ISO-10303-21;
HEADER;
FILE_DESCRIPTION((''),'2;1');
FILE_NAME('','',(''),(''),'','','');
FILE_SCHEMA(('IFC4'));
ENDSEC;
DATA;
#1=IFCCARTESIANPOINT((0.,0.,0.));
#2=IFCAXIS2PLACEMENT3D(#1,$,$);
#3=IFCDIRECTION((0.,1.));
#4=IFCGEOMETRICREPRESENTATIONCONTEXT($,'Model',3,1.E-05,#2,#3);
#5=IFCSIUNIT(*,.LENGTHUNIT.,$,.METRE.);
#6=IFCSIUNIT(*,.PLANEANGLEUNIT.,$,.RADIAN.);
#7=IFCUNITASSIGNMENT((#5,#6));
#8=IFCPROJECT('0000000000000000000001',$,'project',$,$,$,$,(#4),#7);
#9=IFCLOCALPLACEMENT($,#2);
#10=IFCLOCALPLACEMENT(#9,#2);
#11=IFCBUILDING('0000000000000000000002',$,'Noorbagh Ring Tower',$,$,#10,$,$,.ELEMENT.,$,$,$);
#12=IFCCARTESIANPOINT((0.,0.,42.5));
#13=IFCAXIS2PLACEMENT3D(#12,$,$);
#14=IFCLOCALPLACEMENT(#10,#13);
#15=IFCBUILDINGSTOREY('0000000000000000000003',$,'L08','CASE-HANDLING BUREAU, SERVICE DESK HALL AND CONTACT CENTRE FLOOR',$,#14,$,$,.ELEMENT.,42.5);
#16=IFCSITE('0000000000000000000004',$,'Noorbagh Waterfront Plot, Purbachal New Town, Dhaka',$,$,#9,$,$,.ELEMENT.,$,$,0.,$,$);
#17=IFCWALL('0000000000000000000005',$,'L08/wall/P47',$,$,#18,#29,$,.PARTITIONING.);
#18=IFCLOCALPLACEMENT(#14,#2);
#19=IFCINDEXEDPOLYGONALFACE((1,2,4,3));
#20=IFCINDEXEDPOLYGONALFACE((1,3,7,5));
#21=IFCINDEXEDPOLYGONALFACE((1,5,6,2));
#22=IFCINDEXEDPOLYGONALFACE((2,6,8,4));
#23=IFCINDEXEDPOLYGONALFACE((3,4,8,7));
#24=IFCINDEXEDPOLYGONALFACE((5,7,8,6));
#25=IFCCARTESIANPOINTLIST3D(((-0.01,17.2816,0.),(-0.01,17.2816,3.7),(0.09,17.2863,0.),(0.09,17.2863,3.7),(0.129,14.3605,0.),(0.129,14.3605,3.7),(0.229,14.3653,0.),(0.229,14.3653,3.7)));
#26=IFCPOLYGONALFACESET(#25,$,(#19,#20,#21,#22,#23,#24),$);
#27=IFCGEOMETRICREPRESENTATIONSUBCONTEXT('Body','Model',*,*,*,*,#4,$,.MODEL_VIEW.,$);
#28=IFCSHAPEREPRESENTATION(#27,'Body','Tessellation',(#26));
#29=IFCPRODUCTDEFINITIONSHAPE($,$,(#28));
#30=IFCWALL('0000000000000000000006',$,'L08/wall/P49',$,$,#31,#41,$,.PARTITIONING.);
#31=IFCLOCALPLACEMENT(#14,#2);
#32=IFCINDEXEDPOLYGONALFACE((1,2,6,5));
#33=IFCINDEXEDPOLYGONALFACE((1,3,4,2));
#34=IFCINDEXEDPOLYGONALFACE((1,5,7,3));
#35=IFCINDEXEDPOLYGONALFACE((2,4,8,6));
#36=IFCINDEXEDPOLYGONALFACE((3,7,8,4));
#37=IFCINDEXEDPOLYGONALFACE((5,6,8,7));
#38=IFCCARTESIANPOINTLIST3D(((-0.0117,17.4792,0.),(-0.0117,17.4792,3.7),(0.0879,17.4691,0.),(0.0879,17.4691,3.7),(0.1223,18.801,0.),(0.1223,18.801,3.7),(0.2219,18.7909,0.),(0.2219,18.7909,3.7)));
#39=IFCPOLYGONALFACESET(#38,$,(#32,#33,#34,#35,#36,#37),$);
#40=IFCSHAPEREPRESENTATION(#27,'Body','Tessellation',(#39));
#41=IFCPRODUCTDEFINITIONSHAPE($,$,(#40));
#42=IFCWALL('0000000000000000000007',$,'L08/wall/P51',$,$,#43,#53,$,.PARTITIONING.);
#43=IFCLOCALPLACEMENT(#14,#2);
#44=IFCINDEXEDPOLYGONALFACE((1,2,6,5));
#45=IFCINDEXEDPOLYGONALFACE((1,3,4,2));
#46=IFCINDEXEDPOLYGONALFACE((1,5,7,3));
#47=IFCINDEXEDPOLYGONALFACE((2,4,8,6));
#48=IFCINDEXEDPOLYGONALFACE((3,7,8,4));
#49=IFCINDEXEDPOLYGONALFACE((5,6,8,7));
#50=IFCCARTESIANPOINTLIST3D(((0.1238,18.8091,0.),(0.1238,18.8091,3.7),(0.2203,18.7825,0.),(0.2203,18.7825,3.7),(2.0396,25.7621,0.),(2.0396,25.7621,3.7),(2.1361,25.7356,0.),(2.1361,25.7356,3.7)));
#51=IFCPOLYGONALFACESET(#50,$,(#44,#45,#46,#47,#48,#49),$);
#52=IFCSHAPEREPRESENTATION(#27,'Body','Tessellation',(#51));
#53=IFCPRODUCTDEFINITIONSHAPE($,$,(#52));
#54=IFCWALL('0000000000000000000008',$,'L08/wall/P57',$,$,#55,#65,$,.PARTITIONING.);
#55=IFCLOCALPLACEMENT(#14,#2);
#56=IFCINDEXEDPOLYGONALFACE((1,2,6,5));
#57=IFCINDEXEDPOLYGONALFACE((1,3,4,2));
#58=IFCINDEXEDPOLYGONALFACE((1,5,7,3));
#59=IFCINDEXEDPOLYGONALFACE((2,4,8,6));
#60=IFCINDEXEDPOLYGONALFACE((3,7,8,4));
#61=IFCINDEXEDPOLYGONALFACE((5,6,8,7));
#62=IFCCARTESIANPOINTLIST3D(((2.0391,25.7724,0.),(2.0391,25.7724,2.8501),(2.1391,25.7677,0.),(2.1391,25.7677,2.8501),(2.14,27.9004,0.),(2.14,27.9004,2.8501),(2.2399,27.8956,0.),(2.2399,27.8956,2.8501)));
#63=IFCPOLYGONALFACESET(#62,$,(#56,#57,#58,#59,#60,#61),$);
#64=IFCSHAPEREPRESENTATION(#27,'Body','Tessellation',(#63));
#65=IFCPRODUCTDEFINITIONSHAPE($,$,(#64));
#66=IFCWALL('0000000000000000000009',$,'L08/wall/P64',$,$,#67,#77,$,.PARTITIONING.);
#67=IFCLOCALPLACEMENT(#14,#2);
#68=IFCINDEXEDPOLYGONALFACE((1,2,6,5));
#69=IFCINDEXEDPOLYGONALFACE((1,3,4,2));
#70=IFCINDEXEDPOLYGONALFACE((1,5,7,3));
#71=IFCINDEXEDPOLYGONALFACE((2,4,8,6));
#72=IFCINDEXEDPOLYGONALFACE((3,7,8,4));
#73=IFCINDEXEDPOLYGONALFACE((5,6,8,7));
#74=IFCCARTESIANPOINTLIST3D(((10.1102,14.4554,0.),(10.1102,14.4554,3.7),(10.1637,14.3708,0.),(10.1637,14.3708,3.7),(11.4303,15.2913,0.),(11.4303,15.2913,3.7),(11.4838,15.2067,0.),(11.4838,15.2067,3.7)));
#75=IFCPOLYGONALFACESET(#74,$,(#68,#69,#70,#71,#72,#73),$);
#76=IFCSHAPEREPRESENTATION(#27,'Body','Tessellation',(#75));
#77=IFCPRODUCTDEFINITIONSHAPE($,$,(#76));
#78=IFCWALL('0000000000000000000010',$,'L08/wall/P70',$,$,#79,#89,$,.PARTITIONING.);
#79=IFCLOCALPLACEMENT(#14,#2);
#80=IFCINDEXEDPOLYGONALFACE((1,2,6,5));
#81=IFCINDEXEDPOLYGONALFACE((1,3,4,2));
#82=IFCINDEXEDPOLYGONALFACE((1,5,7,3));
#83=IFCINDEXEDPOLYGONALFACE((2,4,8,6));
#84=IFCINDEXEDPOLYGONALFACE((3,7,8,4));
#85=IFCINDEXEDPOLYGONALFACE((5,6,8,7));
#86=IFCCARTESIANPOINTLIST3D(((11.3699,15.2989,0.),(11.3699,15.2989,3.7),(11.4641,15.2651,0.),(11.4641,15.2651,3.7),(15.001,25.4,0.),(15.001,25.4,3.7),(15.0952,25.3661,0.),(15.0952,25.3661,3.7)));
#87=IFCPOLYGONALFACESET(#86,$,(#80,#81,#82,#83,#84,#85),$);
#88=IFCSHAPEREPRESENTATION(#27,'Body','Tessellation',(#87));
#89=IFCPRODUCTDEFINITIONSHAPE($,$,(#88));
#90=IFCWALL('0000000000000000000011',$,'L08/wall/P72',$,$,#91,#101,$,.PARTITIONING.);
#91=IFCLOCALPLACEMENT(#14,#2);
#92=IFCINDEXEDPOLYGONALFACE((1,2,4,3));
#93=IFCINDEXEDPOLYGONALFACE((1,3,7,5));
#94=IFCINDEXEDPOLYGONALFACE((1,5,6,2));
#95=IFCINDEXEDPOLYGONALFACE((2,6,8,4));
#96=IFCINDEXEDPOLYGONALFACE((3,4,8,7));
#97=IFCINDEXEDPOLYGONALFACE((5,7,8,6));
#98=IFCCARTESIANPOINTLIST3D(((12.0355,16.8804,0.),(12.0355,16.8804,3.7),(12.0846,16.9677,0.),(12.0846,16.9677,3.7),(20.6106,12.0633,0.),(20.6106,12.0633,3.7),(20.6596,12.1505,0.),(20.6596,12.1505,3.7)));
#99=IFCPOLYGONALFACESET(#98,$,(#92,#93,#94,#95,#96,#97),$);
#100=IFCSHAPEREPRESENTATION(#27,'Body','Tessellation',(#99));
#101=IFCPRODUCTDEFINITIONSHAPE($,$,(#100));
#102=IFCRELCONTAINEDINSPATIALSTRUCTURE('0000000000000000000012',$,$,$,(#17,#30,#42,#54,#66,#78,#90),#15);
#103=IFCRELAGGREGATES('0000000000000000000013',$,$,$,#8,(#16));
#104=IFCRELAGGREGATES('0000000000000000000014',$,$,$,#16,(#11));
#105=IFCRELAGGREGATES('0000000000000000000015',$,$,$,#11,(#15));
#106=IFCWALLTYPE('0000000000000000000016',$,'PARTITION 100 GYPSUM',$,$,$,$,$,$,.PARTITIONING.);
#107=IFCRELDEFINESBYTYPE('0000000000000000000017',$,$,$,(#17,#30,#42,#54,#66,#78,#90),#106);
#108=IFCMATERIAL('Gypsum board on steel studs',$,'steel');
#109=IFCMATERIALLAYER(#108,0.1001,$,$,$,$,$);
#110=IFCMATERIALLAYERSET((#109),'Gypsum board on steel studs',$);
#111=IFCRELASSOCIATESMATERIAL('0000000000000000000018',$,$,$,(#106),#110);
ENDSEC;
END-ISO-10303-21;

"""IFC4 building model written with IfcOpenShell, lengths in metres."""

from ifc_helpers import new_model, si_unit, direction, frame, frame_2d, origin, place, context, subcontext, project, spatial, rectangle, extrude, material, layer, layer_set, type_object, element, save


model = new_model("IFC4")

# Units and contexts
model_context = context("Model", 3, precision=1e-05, world=origin(), true_north=direction((0.0, 1.0)))
body_context = subcontext(model_context, "Body", "Model", "MODEL_VIEW")
ifc_project = project(units=[si_unit("LENGTHUNIT", "METRE"), si_unit("PLANEANGLEUNIT", "RADIAN")], contexts=[model_context])

# Site, building, storey
site_placement = place(None, origin())
site = spatial("IfcSite", under=ifc_project, at=site_placement, Name="Noorbagh Waterfront Plot, Purbachal New Town, Dhaka", CompositionType="ELEMENT", RefElevation=0.0)
building_placement = place(site_placement, origin())
building = spatial("IfcBuilding", under=site, at=building_placement, Name="Noorbagh Ring Tower", CompositionType="ELEMENT")
storey_placement = place(building_placement, frame((0.0, 0.0, 42.5)))
storey = spatial("IfcBuildingStorey", under=building, at=storey_placement, Name="L08", Description="CASE-HANDLING BUREAU, SERVICE DESK HALL AND CONTACT CENTRE FLOOR", CompositionType="ELEMENT", Elevation=42.5)

# Walls
ifc_material_1 = material(Name="Gypsum board on steel studs", Category="steel")
ifc_layer_1 = layer(ifc_material_1, 0.1001)
ifc_layer_set_1 = layer_set([ifc_layer_1], Name="Gypsum board on steel studs")
wall_type_1 = type_object("IfcWallType", Name="PARTITION 100 GYPSUM", PredefinedType="PARTITIONING", material=ifc_layer_set_1)
wall_1_placement = place(storey_placement, frame((0.04, 17.2839, 0.0), z_axis=(0.0, 0.0, 1.0), x_axis=(0.047506, -0.998871, 0.0)))
element("IfcWall", 1, at=wall_1_placement, inside=storey, type_object=wall_type_1, Name="L08/wall/P47", PredefinedType="PARTITIONING", context=body_context, shape_type="SweptSolid", body=[
    extrude(rectangle(XDim=2.9243, YDim=0.1001, at=frame_2d((1.4622, 0.0))), origin(), (0.0, 0.0, 1.0), 3.7),
])
wall_2_placement = place(storey_placement, frame((0.0381, 17.4741, 0.0), z_axis=(0.0, 0.0, 1.0), x_axis=(0.100886, 0.994898, 0.0)))
element("IfcWall", 2, at=wall_2_placement, inside=storey, type_object=wall_type_1, Name="L08/wall/P49", PredefinedType="PARTITIONING", context=body_context, shape_type="SweptSolid", body=[
    extrude(rectangle(XDim=1.3286, YDim=0.1001, at=frame_2d((0.6643, 0.0))), origin(), (0.0, 0.0, 1.0), 3.7),
])
wall_3_placement = place(storey_placement, frame((0.1721, 18.7959, 0.0), z_axis=(0.0, 0.0, 1.0), x_axis=(0.265629, 0.964075, 0.0)))
element("IfcWall", 3, at=wall_3_placement, inside=storey, type_object=wall_type_1, Name="L08/wall/P51", PredefinedType="PARTITIONING", context=body_context, shape_type="SweptSolid", body=[
    extrude(rectangle(XDim=7.2122, YDim=0.1001, at=frame_2d((3.606, 0.0))), origin(), (0.0, 0.0, 1.0), 3.7),
])
wall_4_placement = place(storey_placement, frame((2.0891, 25.77, 0.0), z_axis=(0.0, 0.0, 1.0), x_axis=(0.047331, 0.998879, 0.0)))
element("IfcWall", 4, at=wall_4_placement, inside=storey, type_object=wall_type_1, Name="L08/wall/P57", PredefinedType="PARTITIONING", context=body_context, shape_type="SweptSolid", body=[
    extrude(rectangle(XDim=2.1304, YDim=0.1001, at=frame_2d((1.0652, 0.0))), origin(), (0.0, 0.0, 1.0), 2.8501),
])
wall_5_placement = place(storey_placement, frame((10.137, 14.4131, 0.0), z_axis=(0.0, 0.0, 1.0), x_axis=(0.84485, 0.535004, 0.0)))
element("IfcWall", 5, at=wall_5_placement, inside=storey, type_object=wall_type_1, Name="L08/wall/P64", PredefinedType="PARTITIONING", context=body_context, shape_type="SweptSolid", body=[
    extrude(rectangle(XDim=1.5625, YDim=0.1001, at=frame_2d((0.7812, 0.0))), origin(), (0.0, 0.0, 1.0), 3.7),
])
wall_6_placement = place(storey_placement, frame((11.417, 15.282, 0.0), z_axis=(0.0, 0.0, 1.0), x_axis=(0.338284, 0.941044, 0.0)))
element("IfcWall", 6, at=wall_6_placement, inside=storey, type_object=wall_type_1, Name="L08/wall/P70", PredefinedType="PARTITIONING", context=body_context, shape_type="SweptSolid", body=[
    extrude(rectangle(XDim=10.7339, YDim=0.1001, at=frame_2d((5.3669, 0.0))), origin(), (0.0, 0.0, 1.0), 3.7),
])
wall_7_placement = place(storey_placement, frame((12.0601, 16.9241, 0.0), z_axis=(0.0, 0.0, 1.0), x_axis=(0.871848, -0.489777, 0.0)))
element("IfcWall", 7, at=wall_7_placement, inside=storey, type_object=wall_type_1, Name="L08/wall/P72", PredefinedType="PARTITIONING", context=body_context, shape_type="SweptSolid", body=[
    extrude(rectangle(XDim=9.8354, YDim=0.1001, at=frame_2d((4.9177, 0.0))), origin(), (0.0, 0.0, 1.0), 3.7),
])

save(model, "model.ifc")
